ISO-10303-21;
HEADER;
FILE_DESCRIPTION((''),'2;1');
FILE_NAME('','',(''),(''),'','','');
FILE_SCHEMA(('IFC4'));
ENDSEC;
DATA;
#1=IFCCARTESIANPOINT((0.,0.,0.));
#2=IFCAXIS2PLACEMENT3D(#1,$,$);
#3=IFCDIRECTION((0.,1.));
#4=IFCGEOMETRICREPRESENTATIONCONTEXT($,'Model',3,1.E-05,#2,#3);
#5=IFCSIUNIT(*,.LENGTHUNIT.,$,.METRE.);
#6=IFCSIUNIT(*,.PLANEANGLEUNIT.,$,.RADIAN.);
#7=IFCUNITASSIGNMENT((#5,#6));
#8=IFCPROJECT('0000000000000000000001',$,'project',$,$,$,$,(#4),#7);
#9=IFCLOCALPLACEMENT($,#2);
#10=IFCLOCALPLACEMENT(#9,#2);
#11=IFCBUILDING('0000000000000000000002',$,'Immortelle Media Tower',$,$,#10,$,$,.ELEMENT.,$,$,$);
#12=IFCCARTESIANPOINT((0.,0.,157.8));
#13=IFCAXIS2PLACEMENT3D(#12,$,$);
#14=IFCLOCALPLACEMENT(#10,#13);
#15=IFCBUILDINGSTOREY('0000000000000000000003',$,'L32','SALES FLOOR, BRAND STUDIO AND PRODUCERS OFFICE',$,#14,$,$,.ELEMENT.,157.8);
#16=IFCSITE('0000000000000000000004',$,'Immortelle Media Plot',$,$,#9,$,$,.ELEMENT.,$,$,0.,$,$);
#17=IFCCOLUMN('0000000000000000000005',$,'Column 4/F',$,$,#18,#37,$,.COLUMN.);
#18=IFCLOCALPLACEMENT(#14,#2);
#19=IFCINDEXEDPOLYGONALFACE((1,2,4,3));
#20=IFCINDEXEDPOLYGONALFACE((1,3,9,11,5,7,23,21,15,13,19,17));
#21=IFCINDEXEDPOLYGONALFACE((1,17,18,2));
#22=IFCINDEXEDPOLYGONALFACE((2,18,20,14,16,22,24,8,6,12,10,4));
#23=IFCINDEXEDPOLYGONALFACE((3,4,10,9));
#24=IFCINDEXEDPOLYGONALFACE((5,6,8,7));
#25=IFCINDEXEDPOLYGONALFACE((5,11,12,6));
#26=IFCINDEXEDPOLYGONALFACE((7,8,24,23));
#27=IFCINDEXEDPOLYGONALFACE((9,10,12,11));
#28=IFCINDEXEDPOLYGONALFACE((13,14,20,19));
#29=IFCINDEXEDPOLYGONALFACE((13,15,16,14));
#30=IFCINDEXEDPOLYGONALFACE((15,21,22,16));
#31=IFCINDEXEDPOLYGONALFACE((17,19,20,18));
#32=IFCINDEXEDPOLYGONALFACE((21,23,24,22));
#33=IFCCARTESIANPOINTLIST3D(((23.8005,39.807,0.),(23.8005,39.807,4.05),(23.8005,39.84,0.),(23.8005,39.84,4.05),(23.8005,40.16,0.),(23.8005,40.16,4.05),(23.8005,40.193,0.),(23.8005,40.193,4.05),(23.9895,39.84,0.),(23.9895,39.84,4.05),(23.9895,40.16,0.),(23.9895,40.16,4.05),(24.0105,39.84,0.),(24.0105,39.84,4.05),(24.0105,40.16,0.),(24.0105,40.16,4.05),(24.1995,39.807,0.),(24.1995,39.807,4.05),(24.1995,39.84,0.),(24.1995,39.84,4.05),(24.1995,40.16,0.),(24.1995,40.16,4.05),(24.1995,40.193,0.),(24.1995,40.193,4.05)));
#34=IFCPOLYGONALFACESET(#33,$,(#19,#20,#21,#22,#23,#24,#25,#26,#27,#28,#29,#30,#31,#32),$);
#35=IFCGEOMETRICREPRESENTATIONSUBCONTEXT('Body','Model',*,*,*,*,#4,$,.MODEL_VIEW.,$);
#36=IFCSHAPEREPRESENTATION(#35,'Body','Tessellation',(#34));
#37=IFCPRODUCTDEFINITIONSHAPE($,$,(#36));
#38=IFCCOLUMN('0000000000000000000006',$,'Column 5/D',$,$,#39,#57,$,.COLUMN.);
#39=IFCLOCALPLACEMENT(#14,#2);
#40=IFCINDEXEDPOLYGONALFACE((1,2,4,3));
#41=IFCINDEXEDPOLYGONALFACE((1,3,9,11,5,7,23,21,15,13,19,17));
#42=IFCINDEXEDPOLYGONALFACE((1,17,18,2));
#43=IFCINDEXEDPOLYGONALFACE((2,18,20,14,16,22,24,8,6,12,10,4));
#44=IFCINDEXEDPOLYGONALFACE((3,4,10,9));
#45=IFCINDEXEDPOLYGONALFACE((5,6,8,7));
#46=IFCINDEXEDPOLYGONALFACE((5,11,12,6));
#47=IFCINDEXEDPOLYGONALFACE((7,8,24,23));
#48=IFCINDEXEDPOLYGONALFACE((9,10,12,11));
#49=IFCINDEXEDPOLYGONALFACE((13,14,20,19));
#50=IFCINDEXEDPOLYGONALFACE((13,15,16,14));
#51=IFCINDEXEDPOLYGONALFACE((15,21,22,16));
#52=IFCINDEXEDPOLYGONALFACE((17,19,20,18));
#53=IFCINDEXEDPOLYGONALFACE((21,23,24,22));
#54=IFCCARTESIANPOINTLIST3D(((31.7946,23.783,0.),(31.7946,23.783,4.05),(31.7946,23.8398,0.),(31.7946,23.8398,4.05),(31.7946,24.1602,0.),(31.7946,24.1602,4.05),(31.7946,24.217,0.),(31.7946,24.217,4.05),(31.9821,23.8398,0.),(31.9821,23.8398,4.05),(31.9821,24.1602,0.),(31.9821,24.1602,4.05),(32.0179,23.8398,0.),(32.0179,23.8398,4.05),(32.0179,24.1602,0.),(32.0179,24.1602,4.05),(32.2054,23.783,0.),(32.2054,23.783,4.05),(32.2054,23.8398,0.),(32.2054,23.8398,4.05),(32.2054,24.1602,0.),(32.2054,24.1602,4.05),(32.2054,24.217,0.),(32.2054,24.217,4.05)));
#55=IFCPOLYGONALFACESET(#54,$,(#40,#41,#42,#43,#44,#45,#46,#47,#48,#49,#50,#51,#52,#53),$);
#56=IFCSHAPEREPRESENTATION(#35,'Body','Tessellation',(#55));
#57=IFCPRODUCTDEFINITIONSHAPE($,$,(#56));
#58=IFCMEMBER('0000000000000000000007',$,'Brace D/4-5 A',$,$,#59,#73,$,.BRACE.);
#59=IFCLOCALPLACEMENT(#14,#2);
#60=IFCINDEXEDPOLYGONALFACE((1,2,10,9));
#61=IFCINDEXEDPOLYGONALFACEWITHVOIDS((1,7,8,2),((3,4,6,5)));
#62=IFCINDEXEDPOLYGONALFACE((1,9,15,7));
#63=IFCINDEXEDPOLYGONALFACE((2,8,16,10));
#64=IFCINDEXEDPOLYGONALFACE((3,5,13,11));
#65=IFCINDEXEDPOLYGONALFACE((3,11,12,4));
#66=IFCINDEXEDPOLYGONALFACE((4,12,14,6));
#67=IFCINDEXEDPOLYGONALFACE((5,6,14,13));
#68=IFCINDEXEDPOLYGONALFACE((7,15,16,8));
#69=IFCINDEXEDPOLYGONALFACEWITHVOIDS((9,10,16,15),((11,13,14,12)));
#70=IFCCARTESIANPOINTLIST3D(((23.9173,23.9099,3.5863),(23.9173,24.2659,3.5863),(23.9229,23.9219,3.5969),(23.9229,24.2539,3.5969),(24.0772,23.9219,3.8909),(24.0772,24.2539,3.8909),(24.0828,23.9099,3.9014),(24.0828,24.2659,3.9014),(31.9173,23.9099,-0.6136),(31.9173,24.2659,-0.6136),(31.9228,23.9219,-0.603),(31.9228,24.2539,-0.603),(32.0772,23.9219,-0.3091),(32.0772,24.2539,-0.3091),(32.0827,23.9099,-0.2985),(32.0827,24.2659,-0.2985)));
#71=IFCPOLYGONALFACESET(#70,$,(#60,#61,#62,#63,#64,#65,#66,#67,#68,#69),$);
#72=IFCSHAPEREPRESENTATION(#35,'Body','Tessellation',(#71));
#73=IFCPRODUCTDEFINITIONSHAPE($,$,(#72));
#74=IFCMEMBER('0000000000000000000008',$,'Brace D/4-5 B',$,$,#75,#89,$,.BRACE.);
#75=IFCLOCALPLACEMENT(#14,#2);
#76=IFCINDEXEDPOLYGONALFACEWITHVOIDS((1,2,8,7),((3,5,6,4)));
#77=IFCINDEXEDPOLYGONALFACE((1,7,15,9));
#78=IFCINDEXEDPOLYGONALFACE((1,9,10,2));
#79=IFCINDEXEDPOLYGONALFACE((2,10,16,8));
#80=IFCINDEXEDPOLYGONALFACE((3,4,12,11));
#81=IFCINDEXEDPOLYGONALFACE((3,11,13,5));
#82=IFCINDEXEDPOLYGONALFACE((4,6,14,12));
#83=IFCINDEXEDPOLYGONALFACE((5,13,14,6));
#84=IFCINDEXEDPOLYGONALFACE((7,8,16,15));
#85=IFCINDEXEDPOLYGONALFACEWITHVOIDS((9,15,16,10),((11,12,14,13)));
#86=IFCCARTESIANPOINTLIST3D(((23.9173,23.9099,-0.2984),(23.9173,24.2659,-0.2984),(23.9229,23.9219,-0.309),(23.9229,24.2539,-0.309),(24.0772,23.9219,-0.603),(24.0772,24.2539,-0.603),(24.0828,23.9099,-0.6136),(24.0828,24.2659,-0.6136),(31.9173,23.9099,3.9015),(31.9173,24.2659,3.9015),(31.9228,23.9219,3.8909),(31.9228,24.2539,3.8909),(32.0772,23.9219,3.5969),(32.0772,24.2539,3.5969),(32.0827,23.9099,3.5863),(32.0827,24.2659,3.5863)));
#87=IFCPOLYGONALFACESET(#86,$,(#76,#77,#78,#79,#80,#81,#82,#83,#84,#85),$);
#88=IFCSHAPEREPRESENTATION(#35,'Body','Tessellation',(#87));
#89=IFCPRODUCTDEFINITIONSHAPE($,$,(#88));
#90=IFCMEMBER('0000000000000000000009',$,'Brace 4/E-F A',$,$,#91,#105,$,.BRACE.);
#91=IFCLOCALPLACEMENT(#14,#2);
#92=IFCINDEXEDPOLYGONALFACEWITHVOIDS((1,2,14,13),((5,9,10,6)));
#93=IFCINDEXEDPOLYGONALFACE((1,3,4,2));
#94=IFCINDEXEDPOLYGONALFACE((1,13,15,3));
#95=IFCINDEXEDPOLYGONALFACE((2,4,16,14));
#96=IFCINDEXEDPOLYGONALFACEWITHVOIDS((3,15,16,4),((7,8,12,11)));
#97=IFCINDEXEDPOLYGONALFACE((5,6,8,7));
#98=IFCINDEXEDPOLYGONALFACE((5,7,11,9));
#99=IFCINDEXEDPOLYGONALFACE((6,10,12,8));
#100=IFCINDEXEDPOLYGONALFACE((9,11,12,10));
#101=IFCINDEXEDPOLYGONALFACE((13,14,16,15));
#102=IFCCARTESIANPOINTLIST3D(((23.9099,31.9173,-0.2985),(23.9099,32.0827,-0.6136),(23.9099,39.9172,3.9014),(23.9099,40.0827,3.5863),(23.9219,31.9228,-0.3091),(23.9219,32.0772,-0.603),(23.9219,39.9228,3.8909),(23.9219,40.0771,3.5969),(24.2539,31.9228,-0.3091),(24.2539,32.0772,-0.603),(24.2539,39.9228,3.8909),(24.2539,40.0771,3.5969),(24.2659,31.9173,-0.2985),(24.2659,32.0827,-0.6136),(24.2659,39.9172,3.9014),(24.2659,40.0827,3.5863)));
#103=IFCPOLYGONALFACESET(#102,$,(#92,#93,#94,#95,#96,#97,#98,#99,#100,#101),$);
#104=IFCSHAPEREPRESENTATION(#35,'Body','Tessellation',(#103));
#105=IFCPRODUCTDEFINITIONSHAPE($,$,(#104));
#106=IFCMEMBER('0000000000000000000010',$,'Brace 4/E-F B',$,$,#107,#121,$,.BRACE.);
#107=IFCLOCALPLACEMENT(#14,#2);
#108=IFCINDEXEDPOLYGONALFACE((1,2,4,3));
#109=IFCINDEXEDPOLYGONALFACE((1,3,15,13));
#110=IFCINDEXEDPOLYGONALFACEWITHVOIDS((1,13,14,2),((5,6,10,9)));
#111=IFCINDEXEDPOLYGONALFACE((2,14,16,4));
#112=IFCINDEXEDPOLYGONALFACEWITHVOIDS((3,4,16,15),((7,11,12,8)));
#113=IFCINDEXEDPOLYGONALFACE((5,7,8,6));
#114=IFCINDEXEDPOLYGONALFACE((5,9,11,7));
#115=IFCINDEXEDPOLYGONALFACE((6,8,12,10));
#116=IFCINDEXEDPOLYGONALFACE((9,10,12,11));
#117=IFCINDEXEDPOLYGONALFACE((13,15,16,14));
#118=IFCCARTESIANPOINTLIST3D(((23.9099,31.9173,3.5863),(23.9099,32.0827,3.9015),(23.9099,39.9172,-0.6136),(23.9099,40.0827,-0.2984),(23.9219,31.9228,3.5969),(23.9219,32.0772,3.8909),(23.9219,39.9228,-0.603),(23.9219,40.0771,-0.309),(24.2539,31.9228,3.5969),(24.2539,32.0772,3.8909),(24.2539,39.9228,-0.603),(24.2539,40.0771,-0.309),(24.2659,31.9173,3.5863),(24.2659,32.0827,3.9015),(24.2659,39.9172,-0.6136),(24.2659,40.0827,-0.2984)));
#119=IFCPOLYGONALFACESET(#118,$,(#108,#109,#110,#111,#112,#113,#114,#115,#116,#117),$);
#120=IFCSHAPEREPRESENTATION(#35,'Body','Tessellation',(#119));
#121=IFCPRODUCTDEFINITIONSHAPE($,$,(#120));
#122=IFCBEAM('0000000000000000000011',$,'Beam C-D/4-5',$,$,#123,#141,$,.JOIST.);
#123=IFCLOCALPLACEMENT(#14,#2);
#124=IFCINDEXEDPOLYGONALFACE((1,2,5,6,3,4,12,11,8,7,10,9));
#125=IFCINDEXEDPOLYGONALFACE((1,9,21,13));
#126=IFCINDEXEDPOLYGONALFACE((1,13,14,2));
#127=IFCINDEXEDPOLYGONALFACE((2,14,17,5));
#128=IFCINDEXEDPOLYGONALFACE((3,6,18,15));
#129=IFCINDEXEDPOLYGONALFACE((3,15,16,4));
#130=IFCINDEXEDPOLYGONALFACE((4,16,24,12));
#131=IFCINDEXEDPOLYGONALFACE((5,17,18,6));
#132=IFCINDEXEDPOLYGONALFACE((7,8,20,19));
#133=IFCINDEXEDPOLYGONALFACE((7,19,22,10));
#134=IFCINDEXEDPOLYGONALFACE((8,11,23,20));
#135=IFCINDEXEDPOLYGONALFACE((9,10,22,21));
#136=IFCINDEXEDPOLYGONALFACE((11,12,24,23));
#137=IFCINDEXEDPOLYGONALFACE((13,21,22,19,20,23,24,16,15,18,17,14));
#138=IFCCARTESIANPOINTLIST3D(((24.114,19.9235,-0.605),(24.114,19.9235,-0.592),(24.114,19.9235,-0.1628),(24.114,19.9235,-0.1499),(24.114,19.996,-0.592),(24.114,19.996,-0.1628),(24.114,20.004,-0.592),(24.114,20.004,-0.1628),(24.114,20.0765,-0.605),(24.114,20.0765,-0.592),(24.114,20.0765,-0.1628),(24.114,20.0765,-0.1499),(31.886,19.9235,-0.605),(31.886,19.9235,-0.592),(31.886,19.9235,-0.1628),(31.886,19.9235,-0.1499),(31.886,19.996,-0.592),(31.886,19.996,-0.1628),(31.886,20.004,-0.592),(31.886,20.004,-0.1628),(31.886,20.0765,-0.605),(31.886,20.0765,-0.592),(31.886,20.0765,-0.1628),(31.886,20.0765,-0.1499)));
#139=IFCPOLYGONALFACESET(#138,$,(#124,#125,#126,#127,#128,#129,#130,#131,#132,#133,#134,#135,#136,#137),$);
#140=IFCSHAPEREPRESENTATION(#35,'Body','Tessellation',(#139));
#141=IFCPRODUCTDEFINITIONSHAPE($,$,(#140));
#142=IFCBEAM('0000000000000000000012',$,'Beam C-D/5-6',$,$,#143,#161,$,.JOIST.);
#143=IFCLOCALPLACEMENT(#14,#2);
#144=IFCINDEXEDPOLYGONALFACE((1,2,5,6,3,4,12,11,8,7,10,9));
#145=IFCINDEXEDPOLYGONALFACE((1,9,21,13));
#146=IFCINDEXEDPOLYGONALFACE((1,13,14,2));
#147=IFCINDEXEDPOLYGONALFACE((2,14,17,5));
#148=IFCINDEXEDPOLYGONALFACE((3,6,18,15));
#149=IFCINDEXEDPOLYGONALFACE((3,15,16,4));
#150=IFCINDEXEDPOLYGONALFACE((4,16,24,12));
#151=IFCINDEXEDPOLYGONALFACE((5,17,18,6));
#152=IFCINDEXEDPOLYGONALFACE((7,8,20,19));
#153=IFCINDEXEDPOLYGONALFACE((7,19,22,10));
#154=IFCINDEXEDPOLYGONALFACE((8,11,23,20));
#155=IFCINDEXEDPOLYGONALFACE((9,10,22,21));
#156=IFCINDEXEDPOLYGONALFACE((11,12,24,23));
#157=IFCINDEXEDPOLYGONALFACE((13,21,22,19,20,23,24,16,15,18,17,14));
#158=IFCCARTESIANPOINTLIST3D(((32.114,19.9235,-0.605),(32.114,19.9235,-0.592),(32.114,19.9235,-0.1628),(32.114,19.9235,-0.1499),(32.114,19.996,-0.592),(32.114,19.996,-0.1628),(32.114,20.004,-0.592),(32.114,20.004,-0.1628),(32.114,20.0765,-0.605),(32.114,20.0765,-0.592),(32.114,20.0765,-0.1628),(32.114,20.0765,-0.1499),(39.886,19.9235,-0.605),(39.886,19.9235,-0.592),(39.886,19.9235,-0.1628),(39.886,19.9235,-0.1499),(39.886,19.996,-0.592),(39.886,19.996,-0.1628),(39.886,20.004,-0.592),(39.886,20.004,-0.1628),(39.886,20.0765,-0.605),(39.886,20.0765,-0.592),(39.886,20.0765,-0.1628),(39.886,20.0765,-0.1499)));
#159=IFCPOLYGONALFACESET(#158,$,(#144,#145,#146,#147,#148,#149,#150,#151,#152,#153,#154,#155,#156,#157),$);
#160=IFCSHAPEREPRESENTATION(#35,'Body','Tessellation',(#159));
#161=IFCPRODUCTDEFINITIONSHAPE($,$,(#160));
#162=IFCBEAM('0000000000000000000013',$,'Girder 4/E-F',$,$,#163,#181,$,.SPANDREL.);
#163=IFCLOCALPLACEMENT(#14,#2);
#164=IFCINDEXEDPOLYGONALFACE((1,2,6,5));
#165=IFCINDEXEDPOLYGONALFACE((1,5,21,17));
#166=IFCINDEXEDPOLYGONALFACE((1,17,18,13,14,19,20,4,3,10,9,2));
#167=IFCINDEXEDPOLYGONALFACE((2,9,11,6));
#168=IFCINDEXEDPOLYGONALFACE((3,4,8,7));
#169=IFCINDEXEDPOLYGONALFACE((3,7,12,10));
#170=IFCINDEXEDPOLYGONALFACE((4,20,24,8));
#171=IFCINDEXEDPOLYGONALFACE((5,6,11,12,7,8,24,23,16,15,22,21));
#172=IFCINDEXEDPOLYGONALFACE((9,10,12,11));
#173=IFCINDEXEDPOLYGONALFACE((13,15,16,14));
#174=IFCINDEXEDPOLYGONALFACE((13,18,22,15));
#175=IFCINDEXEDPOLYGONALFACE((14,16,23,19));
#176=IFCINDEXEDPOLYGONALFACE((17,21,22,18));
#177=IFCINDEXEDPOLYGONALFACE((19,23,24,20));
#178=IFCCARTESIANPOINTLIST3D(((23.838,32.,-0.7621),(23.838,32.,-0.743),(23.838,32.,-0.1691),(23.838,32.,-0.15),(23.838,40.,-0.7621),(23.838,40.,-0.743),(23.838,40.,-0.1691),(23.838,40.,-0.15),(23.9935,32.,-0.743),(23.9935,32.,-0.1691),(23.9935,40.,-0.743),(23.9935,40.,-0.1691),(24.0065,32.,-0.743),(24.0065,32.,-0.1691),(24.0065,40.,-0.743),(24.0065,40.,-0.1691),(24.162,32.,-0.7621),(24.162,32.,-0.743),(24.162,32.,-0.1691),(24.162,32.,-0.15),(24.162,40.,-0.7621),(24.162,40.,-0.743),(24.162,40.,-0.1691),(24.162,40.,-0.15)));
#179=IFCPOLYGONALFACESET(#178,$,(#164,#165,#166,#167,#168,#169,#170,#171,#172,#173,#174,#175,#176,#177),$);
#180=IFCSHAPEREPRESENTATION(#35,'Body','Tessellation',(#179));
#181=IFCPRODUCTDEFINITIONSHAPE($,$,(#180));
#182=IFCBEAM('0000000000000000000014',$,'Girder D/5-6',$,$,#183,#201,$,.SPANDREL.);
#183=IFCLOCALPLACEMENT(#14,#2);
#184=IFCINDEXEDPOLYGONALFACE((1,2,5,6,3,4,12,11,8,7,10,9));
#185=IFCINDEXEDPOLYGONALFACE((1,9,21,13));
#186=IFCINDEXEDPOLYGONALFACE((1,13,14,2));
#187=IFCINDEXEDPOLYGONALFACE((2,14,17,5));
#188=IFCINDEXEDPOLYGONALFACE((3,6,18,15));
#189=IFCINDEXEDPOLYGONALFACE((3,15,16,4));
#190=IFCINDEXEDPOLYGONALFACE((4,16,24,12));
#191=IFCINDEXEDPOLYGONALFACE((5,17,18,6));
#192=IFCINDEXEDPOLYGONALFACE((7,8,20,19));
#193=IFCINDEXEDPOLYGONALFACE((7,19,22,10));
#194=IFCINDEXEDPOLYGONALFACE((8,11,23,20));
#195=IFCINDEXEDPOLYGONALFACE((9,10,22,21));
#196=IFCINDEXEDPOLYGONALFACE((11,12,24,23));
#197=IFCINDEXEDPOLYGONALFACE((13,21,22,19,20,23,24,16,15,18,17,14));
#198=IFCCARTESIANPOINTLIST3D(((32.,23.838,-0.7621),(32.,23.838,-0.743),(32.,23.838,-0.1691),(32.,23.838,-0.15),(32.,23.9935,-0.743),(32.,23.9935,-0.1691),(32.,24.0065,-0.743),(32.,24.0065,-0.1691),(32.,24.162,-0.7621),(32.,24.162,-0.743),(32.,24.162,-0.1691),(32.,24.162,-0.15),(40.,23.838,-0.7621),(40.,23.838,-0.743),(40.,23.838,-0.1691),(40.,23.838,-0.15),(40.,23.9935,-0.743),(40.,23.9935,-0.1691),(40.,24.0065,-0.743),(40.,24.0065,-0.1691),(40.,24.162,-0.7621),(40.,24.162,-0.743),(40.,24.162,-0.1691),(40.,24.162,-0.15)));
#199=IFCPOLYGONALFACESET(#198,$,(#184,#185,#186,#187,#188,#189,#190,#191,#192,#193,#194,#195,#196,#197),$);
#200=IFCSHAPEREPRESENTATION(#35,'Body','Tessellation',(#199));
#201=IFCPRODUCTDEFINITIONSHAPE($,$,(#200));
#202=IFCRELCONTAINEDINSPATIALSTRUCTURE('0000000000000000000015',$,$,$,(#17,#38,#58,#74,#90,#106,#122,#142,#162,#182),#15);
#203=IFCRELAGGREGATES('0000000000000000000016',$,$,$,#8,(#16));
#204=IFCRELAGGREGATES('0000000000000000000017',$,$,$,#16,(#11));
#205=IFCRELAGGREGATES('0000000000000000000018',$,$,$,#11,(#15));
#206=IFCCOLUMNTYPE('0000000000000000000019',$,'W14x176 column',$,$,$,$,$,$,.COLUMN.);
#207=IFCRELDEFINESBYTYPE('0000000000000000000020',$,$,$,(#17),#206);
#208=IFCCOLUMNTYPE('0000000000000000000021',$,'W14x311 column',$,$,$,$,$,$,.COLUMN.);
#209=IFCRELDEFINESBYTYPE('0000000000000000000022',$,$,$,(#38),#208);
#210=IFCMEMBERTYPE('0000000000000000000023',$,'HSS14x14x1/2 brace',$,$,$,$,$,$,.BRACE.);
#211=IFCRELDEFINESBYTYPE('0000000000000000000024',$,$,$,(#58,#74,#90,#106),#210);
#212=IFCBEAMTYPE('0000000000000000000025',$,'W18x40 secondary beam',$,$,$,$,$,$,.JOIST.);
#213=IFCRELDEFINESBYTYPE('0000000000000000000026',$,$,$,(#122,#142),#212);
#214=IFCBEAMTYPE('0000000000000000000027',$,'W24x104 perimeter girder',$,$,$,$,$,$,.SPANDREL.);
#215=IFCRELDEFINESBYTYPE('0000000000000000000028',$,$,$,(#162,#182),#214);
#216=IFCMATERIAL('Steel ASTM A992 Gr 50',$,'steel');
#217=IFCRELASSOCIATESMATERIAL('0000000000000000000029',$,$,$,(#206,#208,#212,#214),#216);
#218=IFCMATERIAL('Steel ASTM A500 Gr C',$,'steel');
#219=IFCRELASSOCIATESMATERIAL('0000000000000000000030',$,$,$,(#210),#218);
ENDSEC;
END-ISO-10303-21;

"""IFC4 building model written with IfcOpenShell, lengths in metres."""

from ifc_helpers import new_model, si_unit, direction, frame, origin, origin_2d, place, context, subcontext, project, spatial, hollow_rectangle, i_section, extrude, material, material_profile, profile_set, type_object, element, save


model = new_model("IFC4")

# Units and contexts
model_context = context("Model", 3, precision=1e-05, world=origin(), true_north=direction((0.0, 1.0)))
body_context = subcontext(model_context, "Body", "Model", "MODEL_VIEW")
ifc_project = project(units=[si_unit("LENGTHUNIT", "METRE"), si_unit("PLANEANGLEUNIT", "RADIAN")], contexts=[model_context])

# Site, building, storey
site_placement = place(None, origin())
site = spatial("IfcSite", under=ifc_project, at=site_placement, Name="Immortelle Media Plot", CompositionType="ELEMENT", RefElevation=0.0)
building_placement = place(site_placement, origin())
building = spatial("IfcBuilding", under=site, at=building_placement, Name="Immortelle Media Tower", CompositionType="ELEMENT")
storey_placement = place(building_placement, frame((0.0, 0.0, 157.8)))
storey = spatial("IfcBuildingStorey", under=building, at=storey_placement, Name="L32", Description="SALES FLOOR, BRAND STUDIO AND PRODUCERS OFFICE", CompositionType="ELEMENT", Elevation=157.8)

# Columns
ifc_material_1 = material(Name="Steel ASTM A992 Gr 50", Category="steel")
ifc_material_profile_1 = material_profile(ifc_material_1, i_section(OverallWidth=0.3989, OverallDepth=0.386, WebThickness=0.021, FlangeThickness=0.033, at=origin_2d()), Name="W14x176")
ifc_profile_set_1 = profile_set([ifc_material_profile_1], Name="Steel ASTM A992 Gr 50")
column_type_1 = type_object("IfcColumnType", Name="W14x176 column", PredefinedType="COLUMN", material=ifc_profile_set_1)
column_1_placement = place(storey_placement, frame((24.0, 40.0, 0.0), z_axis=(0.0, 0.0, 1.0), x_axis=(1.0, 0.0, 0.0)))
element("IfcColumn", 1, at=column_1_placement, inside=storey, type_object=column_type_1, Name="Column 4/F", PredefinedType="COLUMN", context=body_context, shape_type="SweptSolid", body=[
    extrude(i_section(OverallWidth=0.3989, OverallDepth=0.386, WebThickness=0.021, FlangeThickness=0.033, at=origin_2d()), origin(), (0.0, 0.0, 1.0), 4.05),
])
ifc_material_profile_2 = material_profile(ifc_material_1, i_section(OverallWidth=0.4109, OverallDepth=0.4341, WebThickness=0.0359, FlangeThickness=0.0569, at=origin_2d()), Name="W14x311")
ifc_profile_set_2 = profile_set([ifc_material_profile_2], Name="Steel ASTM A992 Gr 50")
column_type_2 = type_object("IfcColumnType", Name="W14x311 column", PredefinedType="COLUMN", material=ifc_profile_set_2)
column_2_placement = place(storey_placement, frame((32.0, 24.0, 0.0), z_axis=(0.0, 0.0, 1.0), x_axis=(1.0, 0.0, 0.0)))
element("IfcColumn", 2, at=column_2_placement, inside=storey, type_object=column_type_2, Name="Column 5/D", PredefinedType="COLUMN", context=body_context, shape_type="SweptSolid", body=[
    extrude(i_section(OverallWidth=0.4109, OverallDepth=0.4341, WebThickness=0.0359, FlangeThickness=0.0569, at=origin_2d()), origin(), (0.0, 0.0, 1.0), 4.05),
])

# Members
ifc_material_2 = material(Name="Steel ASTM A500 Gr C", Category="steel")
ifc_material_profile_3 = material_profile(ifc_material_2, hollow_rectangle(XDim=0.356, YDim=0.356, WallThickness=0.012, at=origin_2d()), Name="HSS14x14x1/2 brace")
ifc_profile_set_3 = profile_set([ifc_material_profile_3], Name="Steel ASTM A500 Gr C")
member_type = type_object("IfcMemberType", Name="HSS14x14x1/2 brace", PredefinedType="BRACE", material=ifc_profile_set_3)
for number, where, z_axis, x_axis, name in (
    (3, (32.0, 24.0879, -0.4561), (-0.8854, 0.0, 0.46483), (0.0, -1.0, 0.0), "Brace D/4-5 A"),
    (4, (32.0, 24.0879, 3.7439), (-0.8854, 0.0, -0.46483), (0.0, -1.0, 0.0), "Brace D/4-5 B"),
    (5, (24.0879, 32.0, -0.4561), (0.0, 0.8854, 0.46483), (-1.0, 0.0, 0.0), "Brace 4/E-F A"),
    (6, (24.0879, 32.0, 3.7439), (0.0, 0.8854, -0.46483), (-1.0, 0.0, 0.0), "Brace 4/E-F B"),
):
    element("IfcMember", number, at=place(storey_placement, frame(where, z_axis=z_axis, x_axis=x_axis)), inside=storey, type_object=member_type, Name=name, PredefinedType="BRACE", context=body_context, shape_type="SweptSolid", body=[
        extrude(hollow_rectangle(XDim=0.356, YDim=0.356, WallThickness=0.012, at=origin_2d()), origin(), (0.0, 0.0, 1.0), 9.0354),
    ])

# Beams
ifc_material_profile_4 = material_profile(ifc_material_1, i_section(OverallWidth=0.1531, OverallDepth=0.4551, WebThickness=0.0081, FlangeThickness=0.0129, at=origin_2d()), Name="W18x40")
ifc_profile_set_4 = profile_set([ifc_material_profile_4], Name="Steel ASTM A992 Gr 50")
beam_type_1 = type_object("IfcBeamType", Name="W18x40 secondary beam", PredefinedType="JOIST", material=ifc_profile_set_4)
for number, where, z_axis, x_axis, name in (
    (7, (24.114, 20.0, -0.3774), (1.0, 0.0, 0.0), (0.0, 1.0, 0.0), "Beam C-D/4-5"),
    (8, (32.114, 20.0, -0.3774), (1.0, 0.0, 0.0), (0.0, 1.0, 0.0), "Beam C-D/5-6"),
):
    element("IfcBeam", number, at=place(storey_placement, frame(where, z_axis=z_axis, x_axis=x_axis)), inside=storey, type_object=beam_type_1, Name=name, PredefinedType="JOIST", context=body_context, shape_type="SweptSolid", body=[
        extrude(i_section(OverallWidth=0.1531, OverallDepth=0.4551, WebThickness=0.0081, FlangeThickness=0.0129, at=origin_2d()), origin(), (0.0, 0.0, 1.0), 7.772),
    ])
ifc_material_profile_5 = material_profile(ifc_material_1, i_section(OverallWidth=0.324, OverallDepth=0.6121, WebThickness=0.0129, FlangeThickness=0.019, at=origin_2d()), Name="W24x104")
ifc_profile_set_5 = profile_set([ifc_material_profile_5], Name="Steel ASTM A992 Gr 50")
beam_type_2 = type_object("IfcBeamType", Name="W24x104 perimeter girder", PredefinedType="SPANDREL", material=ifc_profile_set_5)
for number, where, z_axis, x_axis, name in (
    (9, (24.0, 32.0, -0.4561), (0.0, 1.0, 0.0), (-1.0, 0.0, 0.0), "Girder 4/E-F"),
    (10, (32.0, 24.0, -0.4561), (1.0, 0.0, 0.0), (0.0, 1.0, 0.0), "Girder D/5-6"),
):
    element("IfcBeam", number, at=place(storey_placement, frame(where, z_axis=z_axis, x_axis=x_axis)), inside=storey, type_object=beam_type_2, Name=name, PredefinedType="SPANDREL", context=body_context, shape_type="SweptSolid", body=[
        extrude(i_section(OverallWidth=0.324, OverallDepth=0.6121, WebThickness=0.0129, FlangeThickness=0.019, at=origin_2d()), origin(), (0.0, 0.0, 1.0), 8.0),
    ])

save(model, "model.ifc")
